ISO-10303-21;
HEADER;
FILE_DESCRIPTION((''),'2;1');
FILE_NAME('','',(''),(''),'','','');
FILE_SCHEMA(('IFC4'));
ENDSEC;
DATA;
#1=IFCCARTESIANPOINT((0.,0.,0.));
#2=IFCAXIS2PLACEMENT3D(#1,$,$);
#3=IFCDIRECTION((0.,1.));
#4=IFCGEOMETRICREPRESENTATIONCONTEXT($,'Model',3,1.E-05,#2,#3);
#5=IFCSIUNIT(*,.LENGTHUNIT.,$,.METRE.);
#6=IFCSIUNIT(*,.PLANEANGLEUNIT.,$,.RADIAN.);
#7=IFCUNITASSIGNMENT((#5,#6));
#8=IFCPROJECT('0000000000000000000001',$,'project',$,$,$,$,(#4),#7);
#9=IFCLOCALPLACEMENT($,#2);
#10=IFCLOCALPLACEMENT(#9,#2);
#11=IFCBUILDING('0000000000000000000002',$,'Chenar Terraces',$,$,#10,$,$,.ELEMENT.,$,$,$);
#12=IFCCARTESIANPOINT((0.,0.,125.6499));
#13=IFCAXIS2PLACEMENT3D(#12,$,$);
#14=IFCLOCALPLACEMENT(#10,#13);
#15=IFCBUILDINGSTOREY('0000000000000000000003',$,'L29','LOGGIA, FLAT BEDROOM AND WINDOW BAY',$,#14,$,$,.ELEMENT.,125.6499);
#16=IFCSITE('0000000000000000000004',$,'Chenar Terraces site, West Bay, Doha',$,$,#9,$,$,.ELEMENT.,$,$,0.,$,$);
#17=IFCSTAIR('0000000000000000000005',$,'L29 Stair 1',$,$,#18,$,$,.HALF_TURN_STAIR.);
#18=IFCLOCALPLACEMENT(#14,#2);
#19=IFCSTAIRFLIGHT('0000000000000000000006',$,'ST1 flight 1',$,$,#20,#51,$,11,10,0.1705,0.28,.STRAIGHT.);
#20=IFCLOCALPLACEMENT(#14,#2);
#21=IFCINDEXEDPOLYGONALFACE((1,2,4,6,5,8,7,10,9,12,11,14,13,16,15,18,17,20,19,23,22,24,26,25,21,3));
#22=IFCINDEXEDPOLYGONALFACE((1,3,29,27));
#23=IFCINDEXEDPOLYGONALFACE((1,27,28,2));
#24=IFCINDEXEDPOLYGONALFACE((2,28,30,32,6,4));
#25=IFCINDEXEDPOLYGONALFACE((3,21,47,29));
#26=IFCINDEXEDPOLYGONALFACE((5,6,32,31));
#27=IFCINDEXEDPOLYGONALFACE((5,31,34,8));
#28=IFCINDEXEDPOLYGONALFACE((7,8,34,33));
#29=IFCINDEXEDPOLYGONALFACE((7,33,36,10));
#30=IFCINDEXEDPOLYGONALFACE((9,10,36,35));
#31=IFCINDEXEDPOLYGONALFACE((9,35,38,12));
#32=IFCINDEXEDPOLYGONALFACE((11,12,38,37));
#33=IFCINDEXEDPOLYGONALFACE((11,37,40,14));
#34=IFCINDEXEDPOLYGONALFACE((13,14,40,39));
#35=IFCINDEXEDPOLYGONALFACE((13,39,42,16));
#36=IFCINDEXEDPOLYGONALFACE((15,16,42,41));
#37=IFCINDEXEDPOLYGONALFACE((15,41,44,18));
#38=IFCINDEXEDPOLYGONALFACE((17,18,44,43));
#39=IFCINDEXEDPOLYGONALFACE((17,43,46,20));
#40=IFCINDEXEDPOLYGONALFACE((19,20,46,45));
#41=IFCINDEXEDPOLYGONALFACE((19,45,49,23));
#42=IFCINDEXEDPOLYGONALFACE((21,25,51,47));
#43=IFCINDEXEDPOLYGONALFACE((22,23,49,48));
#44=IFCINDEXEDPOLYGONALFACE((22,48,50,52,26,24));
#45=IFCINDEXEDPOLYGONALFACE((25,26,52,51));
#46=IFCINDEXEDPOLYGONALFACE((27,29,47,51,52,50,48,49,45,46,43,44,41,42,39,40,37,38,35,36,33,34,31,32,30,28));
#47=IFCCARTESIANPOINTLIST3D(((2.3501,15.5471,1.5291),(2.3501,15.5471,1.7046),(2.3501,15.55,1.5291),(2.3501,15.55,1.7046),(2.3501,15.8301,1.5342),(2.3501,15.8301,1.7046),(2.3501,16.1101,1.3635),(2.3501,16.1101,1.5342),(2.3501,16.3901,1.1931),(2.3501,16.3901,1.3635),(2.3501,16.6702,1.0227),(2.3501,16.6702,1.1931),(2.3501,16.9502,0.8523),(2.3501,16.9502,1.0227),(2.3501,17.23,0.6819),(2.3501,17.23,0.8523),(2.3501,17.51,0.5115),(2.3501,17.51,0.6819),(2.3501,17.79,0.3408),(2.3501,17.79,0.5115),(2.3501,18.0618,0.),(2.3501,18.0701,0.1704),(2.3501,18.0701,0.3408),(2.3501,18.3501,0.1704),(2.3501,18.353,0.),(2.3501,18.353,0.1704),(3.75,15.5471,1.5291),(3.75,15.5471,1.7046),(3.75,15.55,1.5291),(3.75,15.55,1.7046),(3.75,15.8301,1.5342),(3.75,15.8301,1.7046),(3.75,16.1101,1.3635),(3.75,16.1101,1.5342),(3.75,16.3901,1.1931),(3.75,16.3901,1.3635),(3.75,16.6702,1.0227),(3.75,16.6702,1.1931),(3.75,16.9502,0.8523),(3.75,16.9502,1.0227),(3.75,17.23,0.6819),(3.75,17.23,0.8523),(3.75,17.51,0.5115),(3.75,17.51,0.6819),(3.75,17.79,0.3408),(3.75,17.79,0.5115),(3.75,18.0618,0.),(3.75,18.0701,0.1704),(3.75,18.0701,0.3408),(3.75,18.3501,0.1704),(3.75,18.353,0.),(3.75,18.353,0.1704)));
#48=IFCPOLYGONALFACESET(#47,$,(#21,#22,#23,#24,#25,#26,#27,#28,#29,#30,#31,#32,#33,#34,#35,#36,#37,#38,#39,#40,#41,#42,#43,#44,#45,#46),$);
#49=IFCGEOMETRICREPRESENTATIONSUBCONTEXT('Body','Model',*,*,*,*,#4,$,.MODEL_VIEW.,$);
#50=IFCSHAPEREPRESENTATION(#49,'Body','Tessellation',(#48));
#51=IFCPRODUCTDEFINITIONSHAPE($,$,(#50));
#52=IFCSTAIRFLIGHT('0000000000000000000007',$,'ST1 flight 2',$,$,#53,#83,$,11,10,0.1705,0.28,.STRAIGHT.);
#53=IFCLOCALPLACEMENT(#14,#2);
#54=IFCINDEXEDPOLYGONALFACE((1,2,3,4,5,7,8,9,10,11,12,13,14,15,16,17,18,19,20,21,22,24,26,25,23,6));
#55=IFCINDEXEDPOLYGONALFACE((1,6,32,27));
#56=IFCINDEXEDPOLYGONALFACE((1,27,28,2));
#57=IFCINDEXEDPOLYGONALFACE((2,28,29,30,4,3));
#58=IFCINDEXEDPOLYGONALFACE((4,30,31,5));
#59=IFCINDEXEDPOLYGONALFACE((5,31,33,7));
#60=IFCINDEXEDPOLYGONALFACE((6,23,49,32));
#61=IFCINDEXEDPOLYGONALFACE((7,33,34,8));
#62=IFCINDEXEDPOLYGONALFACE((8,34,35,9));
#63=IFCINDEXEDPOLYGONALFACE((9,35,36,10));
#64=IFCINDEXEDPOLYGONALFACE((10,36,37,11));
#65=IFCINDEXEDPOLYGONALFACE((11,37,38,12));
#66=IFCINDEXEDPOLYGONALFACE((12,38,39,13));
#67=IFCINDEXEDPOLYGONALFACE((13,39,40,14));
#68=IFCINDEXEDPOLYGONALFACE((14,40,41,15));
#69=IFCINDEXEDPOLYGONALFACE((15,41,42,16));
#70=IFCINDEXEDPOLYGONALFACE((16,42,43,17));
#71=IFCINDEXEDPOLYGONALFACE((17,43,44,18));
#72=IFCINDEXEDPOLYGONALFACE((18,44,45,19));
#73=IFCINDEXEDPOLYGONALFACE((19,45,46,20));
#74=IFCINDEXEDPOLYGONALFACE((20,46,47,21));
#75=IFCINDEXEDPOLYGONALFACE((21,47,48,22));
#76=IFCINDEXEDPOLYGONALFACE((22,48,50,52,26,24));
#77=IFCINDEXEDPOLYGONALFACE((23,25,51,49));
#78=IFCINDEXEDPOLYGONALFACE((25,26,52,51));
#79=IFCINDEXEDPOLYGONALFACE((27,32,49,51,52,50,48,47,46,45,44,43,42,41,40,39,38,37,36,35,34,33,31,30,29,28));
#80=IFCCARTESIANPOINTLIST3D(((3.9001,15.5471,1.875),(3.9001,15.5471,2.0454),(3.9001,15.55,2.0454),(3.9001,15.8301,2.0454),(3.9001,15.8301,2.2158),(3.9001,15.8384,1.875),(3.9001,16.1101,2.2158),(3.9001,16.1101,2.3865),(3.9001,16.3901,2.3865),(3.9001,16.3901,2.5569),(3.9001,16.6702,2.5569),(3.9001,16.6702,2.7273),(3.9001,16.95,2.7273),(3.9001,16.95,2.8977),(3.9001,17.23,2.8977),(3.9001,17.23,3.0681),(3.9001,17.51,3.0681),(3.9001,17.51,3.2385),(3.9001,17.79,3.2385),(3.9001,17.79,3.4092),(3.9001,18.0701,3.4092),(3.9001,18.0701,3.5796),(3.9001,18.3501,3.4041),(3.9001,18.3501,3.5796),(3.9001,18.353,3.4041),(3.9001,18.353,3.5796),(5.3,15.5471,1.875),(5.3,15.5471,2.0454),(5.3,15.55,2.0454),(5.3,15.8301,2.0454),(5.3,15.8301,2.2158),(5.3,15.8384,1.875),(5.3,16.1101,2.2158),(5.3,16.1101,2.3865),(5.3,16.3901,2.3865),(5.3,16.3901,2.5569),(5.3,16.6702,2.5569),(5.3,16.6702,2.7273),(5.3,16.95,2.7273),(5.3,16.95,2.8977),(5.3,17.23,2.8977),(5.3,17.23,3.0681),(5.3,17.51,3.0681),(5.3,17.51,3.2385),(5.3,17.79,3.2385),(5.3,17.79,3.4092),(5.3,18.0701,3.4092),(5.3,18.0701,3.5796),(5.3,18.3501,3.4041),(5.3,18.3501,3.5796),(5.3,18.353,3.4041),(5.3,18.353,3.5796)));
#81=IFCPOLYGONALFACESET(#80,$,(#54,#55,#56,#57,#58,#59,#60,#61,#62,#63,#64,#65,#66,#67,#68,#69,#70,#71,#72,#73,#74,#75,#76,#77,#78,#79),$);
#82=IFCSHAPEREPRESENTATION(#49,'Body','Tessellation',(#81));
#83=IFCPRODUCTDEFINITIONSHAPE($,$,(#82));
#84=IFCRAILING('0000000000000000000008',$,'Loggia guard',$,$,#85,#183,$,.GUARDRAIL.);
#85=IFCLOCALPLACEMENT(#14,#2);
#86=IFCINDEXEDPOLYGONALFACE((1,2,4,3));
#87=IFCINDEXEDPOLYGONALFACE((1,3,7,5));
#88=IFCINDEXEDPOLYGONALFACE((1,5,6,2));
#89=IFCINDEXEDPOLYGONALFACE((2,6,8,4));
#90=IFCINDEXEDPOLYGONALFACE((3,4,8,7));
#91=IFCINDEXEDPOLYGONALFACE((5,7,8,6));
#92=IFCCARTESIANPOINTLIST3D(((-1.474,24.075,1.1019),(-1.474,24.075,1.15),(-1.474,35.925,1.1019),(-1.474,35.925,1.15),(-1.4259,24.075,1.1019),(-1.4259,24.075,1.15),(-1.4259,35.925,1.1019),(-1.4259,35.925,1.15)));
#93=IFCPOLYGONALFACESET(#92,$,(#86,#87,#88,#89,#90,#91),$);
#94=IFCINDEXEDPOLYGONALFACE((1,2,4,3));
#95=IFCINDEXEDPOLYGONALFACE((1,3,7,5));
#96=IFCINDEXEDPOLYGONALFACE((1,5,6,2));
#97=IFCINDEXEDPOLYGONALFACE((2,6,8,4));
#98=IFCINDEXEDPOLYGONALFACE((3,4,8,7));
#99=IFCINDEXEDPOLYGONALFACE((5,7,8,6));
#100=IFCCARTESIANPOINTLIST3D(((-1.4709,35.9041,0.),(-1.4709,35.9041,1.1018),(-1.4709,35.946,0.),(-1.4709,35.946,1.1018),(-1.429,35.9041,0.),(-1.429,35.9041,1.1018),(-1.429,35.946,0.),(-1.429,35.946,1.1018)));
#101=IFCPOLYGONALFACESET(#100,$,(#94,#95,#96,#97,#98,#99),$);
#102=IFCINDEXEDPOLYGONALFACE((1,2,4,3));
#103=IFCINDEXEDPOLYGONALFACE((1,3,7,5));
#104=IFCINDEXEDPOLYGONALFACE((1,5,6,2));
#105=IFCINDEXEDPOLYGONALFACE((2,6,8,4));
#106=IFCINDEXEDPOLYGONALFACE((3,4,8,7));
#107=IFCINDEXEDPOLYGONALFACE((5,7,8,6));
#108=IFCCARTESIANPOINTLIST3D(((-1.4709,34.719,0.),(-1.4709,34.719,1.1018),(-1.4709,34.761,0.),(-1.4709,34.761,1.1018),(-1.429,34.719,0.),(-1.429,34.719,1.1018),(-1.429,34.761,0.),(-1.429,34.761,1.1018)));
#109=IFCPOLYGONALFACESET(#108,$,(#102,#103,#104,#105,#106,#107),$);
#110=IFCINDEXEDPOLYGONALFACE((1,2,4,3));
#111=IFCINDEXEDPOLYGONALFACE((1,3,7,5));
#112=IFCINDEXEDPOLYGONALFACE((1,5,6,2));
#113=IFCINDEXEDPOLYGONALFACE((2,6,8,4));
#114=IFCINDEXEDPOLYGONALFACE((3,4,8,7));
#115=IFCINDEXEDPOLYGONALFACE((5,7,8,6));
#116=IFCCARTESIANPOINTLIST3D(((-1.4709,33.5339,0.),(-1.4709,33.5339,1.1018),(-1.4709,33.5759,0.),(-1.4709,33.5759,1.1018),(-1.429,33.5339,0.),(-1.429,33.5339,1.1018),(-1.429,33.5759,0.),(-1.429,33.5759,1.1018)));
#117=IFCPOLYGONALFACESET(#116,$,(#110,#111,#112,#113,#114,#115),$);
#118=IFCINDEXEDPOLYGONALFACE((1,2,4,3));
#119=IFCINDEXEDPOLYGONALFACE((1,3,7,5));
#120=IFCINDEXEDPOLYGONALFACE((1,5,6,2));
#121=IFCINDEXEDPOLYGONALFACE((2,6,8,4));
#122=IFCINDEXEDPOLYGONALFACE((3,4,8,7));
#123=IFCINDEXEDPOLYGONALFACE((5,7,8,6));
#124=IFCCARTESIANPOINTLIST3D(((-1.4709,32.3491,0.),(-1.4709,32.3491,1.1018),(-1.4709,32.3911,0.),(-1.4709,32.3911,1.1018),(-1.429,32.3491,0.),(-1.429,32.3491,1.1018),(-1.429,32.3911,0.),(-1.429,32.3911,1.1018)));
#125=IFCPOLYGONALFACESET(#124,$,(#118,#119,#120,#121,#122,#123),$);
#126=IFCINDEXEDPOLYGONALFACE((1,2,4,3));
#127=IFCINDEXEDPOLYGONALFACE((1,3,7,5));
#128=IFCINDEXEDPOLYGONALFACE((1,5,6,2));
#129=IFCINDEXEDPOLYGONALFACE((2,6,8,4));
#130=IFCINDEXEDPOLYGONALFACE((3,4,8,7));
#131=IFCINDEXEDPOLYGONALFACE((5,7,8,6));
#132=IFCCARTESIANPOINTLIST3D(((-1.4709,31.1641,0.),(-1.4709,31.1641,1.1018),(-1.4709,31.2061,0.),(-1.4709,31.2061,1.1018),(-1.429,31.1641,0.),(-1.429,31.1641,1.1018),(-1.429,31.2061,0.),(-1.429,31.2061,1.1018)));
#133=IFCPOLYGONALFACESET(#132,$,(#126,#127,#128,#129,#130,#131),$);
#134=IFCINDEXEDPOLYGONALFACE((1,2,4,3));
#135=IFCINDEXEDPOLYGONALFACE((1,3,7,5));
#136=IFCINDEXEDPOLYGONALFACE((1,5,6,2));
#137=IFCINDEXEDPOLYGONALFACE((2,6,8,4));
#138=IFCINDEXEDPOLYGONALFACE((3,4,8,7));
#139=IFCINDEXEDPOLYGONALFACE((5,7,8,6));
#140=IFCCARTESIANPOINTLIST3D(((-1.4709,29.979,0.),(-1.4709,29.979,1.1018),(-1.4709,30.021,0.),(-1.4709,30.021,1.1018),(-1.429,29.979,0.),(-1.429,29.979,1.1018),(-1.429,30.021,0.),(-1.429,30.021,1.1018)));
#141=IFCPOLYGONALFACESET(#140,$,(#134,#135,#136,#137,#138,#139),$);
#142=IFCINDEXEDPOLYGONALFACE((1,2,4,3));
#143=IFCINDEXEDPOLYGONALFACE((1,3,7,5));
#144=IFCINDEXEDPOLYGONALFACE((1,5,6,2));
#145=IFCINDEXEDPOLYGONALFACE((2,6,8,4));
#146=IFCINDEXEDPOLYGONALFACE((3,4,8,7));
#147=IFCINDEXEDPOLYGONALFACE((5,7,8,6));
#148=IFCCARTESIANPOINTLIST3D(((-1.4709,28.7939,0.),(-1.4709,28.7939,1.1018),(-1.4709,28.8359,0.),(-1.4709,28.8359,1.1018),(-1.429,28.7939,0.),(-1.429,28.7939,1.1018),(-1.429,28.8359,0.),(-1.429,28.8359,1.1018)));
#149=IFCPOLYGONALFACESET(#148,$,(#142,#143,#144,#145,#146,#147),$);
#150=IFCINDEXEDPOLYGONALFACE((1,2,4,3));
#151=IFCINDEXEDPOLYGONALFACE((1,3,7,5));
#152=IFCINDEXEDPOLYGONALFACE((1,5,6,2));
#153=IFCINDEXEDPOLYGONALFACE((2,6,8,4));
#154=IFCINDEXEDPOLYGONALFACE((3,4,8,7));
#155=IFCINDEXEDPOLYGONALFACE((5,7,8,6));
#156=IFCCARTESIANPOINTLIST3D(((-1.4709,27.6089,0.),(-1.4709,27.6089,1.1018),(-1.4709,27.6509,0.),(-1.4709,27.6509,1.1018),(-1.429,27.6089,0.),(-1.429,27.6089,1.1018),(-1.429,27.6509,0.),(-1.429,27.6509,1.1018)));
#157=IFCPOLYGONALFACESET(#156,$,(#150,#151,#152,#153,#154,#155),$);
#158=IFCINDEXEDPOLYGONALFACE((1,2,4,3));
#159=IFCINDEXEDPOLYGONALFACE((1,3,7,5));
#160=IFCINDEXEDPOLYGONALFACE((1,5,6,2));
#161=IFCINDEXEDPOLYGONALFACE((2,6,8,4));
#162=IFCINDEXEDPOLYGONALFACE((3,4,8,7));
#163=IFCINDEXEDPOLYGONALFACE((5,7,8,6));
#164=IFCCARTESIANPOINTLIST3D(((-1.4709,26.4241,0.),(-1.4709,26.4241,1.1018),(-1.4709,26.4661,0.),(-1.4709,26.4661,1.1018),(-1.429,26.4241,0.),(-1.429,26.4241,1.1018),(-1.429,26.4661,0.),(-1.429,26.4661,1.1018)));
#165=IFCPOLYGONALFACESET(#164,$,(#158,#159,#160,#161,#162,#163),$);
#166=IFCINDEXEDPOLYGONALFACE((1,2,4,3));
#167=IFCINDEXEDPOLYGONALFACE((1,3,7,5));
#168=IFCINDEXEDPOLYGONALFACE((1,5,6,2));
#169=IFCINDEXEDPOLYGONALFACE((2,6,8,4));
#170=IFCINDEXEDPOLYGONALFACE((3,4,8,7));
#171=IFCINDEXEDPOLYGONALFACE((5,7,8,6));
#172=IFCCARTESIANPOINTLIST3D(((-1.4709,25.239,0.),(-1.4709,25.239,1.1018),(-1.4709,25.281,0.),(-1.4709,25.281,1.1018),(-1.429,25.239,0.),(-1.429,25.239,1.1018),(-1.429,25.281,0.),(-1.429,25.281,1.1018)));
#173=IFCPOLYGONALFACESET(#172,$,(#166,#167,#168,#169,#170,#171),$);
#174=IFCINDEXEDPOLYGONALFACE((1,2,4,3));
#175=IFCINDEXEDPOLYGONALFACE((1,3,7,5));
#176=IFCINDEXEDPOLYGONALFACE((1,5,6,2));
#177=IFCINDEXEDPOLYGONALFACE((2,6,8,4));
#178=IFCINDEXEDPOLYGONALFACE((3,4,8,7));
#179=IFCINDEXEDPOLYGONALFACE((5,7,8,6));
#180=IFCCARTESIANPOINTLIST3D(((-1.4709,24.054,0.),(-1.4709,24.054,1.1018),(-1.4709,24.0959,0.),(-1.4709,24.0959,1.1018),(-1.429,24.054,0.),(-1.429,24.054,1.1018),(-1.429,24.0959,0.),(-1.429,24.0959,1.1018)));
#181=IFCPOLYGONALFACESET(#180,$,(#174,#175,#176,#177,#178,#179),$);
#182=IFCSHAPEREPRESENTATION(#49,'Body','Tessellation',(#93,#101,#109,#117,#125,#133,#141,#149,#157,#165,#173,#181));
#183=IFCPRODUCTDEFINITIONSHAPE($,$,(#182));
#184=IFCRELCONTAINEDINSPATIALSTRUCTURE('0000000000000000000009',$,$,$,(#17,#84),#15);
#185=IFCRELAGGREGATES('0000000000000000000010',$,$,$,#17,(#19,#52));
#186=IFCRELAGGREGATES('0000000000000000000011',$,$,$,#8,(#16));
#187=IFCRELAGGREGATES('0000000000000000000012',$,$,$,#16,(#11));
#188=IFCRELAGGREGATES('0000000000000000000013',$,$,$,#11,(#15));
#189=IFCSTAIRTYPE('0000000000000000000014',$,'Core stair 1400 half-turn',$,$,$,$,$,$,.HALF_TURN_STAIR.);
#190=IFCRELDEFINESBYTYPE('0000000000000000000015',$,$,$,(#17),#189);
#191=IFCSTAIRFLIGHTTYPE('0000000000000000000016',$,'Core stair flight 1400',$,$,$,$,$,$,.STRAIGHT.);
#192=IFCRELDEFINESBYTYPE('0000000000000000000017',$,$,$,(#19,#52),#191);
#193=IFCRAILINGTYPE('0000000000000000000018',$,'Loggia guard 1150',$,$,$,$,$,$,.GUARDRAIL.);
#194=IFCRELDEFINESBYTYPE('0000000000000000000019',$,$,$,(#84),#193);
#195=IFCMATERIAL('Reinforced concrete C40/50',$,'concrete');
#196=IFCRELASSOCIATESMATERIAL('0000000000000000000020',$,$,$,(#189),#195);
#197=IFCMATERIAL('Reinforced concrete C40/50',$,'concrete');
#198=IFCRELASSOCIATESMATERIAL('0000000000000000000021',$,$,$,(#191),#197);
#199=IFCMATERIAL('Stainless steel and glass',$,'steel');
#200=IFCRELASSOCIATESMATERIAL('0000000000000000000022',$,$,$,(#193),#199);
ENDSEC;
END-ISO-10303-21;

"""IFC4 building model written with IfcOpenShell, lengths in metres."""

from ifc_helpers import new_model, si_unit, direction, frame, origin, origin_2d, place, context, subcontext, project, spatial, polyline, rectangle, outline, extrude, material, type_object, element, aggregate, save


model = new_model("IFC4")

# Units and contexts
model_context = context("Model", 3, precision=1e-05, world=origin(), true_north=direction((0.0, 1.0)))
body_context = subcontext(model_context, "Body", "Model", "MODEL_VIEW")
ifc_project = project(units=[si_unit("LENGTHUNIT", "METRE"), si_unit("PLANEANGLEUNIT", "RADIAN")], contexts=[model_context])

# Site, building, storey
site_placement = place(None, origin())
site = spatial("IfcSite", under=ifc_project, at=site_placement, Name="Chenar Terraces site, West Bay, Doha", CompositionType="ELEMENT", RefElevation=0.0)
building_placement = place(site_placement, origin())
building = spatial("IfcBuilding", under=site, at=building_placement, Name="Chenar Terraces", CompositionType="ELEMENT")
storey_placement = place(building_placement, frame((0.0, 0.0, 125.6499)))
storey = spatial("IfcBuildingStorey", under=building, at=storey_placement, Name="L29", Description="LOGGIA, FLAT BEDROOM AND WINDOW BAY", CompositionType="ELEMENT", Elevation=125.6499)

# Stair, stair flights
ifc_material_1 = material(Name="Reinforced concrete C40/50", Category="concrete")
stair_type = type_object("IfcStairType", Name="Core stair 1400 half-turn", PredefinedType="HALF_TURN_STAIR", material=ifc_material_1)
stair_placement = place(storey_placement, origin())
stair = element("IfcStair", 1, at=stair_placement, inside=storey, type_object=stair_type, Name="L29 Stair 1", PredefinedType="HALF_TURN_STAIR")
ifc_material_2 = material(Name="Reinforced concrete C40/50", Category="concrete")
stair_flight_type = type_object("IfcStairFlightType", Name="Core stair flight 1400", PredefinedType="STRAIGHT", material=ifc_material_2)
stair_flight_1_placement = place(storey_placement, frame((3.05, 18.3501, 0.0), z_axis=(0.0, 0.0, 1.0), x_axis=(0.0, -1.0, 0.0)))
stair_flight_1 = element("IfcStairFlight", 2, at=stair_flight_1_placement, type_object=stair_flight_type, Name="ST1 flight 1", NumberOfRisers=11, NumberOfTreads=10, PredefinedType="STRAIGHT", RiserHeight=0.1705, TreadLength=0.28, context=body_context, shape_type="SweptSolid", body=[
    extrude(outline(polyline([(-0.0029, 0.0), (-0.0029, 0.1704), (0.0, 0.1704), (0.28, 0.1704), (0.28, 0.3408), (0.5601, 0.3408), (0.5601, 0.5115), (0.8401, 0.5115), (0.8401, 0.6819), (1.1201, 0.6819), (1.1201, 0.8523), (1.3999, 0.8523), (1.3999, 1.0227), (1.6799, 1.0227), (1.6799, 1.1931), (1.96, 1.1931), (1.96, 1.3635), (2.24, 1.3635), (2.24, 1.5342), (2.52, 1.5342), (2.52, 1.7046), (2.8, 1.7046), (2.803, 1.7046), (2.803, 1.5291), (2.8, 1.5291), (0.2883, 0.0), (-0.0029, 0.0)])), frame((0.0, 0.7, 0.0), z_axis=(0.0, -1.0, 0.0), x_axis=(1.0, 0.0, 0.0)), (0.0, 0.0, 1.0), 1.3999),
])
stair_flight_2_placement = place(storey_placement, frame((4.6001, 15.55, 1.875), z_axis=(0.0, 0.0, 1.0), x_axis=(0.0, 1.0, 0.0)))
stair_flight_2 = element("IfcStairFlight", 3, at=stair_flight_2_placement, type_object=stair_flight_type, Name="ST1 flight 2", NumberOfRisers=11, NumberOfTreads=10, PredefinedType="STRAIGHT", RiserHeight=0.1705, TreadLength=0.28, context=body_context, shape_type="SweptSolid", body=[
    extrude(outline(polyline([(-0.0029, 0.0), (-0.0029, 0.1704), (0.0, 0.1704), (0.28, 0.1704), (0.28, 0.3408), (0.5601, 0.3408), (0.5601, 0.5115), (0.8401, 0.5115), (0.8401, 0.6819), (1.1201, 0.6819), (1.1201, 0.8523), (1.3999, 0.8523), (1.3999, 1.0227), (1.6799, 1.0227), (1.6799, 1.1931), (1.96, 1.1931), (1.96, 1.3635), (2.24, 1.3635), (2.24, 1.5342), (2.52, 1.5342), (2.52, 1.7046), (2.8, 1.7046), (2.803, 1.7046), (2.803, 1.5291), (2.8, 1.5291), (0.2883, 0.0), (-0.0029, 0.0)])), frame((0.0, 0.7, 0.0), z_axis=(0.0, -1.0, 0.0), x_axis=(1.0, 0.0, 0.0)), (0.0, 0.0, 1.0), 1.3999),
])
aggregate(stair, [stair_flight_1, stair_flight_2])

# Railing
ifc_material_3 = material(Name="Stainless steel and glass", Category="steel")
railing_type_1 = type_object("IfcRailingType", Name="Loggia guard 1150", PredefinedType="GUARDRAIL", material=ifc_material_3)
railing_1_placement = place(storey_placement, frame((-1.45, 35.925, 0.0)))
element("IfcRailing", 4, at=railing_1_placement, inside=storey, type_object=railing_type_1, Name="Loggia guard", PredefinedType="GUARDRAIL", context=body_context, shape_type="SweptSolid", body=[
    extrude(rectangle(XDim=0.0481, YDim=0.0481, at=origin_2d()), frame((0.0, 0.0, 1.126), z_axis=(0.0, -1.0, 0.0), x_axis=(1.0, 0.0, 0.0)), (0.0, 0.0, 1.0), 11.8501),
    extrude(rectangle(XDim=0.042, YDim=0.042, at=origin_2d()), origin(), (0.0, 0.0, 1.0), 1.1018),
    extrude(rectangle(XDim=0.042, YDim=0.042, at=origin_2d()), frame((0.0, -1.1851, 0.0)), (0.0, 0.0, 1.0), 1.1018),
    extrude(rectangle(XDim=0.042, YDim=0.042, at=origin_2d()), frame((0.0, -2.3701, 0.0)), (0.0, 0.0, 1.0), 1.1018),
    extrude(rectangle(XDim=0.042, YDim=0.042, at=origin_2d()), frame((0.0, -3.5549, 0.0)), (0.0, 0.0, 1.0), 1.1018),
    extrude(rectangle(XDim=0.042, YDim=0.042, at=origin_2d()), frame((0.0, -4.74, 0.0)), (0.0, 0.0, 1.0), 1.1018),
    extrude(rectangle(XDim=0.042, YDim=0.042, at=origin_2d()), frame((0.0, -5.925, 0.0)), (0.0, 0.0, 1.0), 1.1018),
    extrude(rectangle(XDim=0.042, YDim=0.042, at=origin_2d()), frame((0.0, -7.1101, 0.0)), (0.0, 0.0, 1.0), 1.1018),
    extrude(rectangle(XDim=0.042, YDim=0.042, at=origin_2d()), frame((0.0, -8.2952, 0.0)), (0.0, 0.0, 1.0), 1.1018),
    extrude(rectangle(XDim=0.042, YDim=0.042, at=origin_2d()), frame((0.0, -9.48, 0.0)), (0.0, 0.0, 1.0), 1.1018),
    extrude(rectangle(XDim=0.042, YDim=0.042, at=origin_2d()), frame((0.0, -10.665, 0.0)), (0.0, 0.0, 1.0), 1.1018),
    extrude(rectangle(XDim=0.042, YDim=0.042, at=origin_2d()), frame((0.0, -11.8501, 0.0)), (0.0, 0.0, 1.0), 1.1018),
])

save(model, "model.ifc")
